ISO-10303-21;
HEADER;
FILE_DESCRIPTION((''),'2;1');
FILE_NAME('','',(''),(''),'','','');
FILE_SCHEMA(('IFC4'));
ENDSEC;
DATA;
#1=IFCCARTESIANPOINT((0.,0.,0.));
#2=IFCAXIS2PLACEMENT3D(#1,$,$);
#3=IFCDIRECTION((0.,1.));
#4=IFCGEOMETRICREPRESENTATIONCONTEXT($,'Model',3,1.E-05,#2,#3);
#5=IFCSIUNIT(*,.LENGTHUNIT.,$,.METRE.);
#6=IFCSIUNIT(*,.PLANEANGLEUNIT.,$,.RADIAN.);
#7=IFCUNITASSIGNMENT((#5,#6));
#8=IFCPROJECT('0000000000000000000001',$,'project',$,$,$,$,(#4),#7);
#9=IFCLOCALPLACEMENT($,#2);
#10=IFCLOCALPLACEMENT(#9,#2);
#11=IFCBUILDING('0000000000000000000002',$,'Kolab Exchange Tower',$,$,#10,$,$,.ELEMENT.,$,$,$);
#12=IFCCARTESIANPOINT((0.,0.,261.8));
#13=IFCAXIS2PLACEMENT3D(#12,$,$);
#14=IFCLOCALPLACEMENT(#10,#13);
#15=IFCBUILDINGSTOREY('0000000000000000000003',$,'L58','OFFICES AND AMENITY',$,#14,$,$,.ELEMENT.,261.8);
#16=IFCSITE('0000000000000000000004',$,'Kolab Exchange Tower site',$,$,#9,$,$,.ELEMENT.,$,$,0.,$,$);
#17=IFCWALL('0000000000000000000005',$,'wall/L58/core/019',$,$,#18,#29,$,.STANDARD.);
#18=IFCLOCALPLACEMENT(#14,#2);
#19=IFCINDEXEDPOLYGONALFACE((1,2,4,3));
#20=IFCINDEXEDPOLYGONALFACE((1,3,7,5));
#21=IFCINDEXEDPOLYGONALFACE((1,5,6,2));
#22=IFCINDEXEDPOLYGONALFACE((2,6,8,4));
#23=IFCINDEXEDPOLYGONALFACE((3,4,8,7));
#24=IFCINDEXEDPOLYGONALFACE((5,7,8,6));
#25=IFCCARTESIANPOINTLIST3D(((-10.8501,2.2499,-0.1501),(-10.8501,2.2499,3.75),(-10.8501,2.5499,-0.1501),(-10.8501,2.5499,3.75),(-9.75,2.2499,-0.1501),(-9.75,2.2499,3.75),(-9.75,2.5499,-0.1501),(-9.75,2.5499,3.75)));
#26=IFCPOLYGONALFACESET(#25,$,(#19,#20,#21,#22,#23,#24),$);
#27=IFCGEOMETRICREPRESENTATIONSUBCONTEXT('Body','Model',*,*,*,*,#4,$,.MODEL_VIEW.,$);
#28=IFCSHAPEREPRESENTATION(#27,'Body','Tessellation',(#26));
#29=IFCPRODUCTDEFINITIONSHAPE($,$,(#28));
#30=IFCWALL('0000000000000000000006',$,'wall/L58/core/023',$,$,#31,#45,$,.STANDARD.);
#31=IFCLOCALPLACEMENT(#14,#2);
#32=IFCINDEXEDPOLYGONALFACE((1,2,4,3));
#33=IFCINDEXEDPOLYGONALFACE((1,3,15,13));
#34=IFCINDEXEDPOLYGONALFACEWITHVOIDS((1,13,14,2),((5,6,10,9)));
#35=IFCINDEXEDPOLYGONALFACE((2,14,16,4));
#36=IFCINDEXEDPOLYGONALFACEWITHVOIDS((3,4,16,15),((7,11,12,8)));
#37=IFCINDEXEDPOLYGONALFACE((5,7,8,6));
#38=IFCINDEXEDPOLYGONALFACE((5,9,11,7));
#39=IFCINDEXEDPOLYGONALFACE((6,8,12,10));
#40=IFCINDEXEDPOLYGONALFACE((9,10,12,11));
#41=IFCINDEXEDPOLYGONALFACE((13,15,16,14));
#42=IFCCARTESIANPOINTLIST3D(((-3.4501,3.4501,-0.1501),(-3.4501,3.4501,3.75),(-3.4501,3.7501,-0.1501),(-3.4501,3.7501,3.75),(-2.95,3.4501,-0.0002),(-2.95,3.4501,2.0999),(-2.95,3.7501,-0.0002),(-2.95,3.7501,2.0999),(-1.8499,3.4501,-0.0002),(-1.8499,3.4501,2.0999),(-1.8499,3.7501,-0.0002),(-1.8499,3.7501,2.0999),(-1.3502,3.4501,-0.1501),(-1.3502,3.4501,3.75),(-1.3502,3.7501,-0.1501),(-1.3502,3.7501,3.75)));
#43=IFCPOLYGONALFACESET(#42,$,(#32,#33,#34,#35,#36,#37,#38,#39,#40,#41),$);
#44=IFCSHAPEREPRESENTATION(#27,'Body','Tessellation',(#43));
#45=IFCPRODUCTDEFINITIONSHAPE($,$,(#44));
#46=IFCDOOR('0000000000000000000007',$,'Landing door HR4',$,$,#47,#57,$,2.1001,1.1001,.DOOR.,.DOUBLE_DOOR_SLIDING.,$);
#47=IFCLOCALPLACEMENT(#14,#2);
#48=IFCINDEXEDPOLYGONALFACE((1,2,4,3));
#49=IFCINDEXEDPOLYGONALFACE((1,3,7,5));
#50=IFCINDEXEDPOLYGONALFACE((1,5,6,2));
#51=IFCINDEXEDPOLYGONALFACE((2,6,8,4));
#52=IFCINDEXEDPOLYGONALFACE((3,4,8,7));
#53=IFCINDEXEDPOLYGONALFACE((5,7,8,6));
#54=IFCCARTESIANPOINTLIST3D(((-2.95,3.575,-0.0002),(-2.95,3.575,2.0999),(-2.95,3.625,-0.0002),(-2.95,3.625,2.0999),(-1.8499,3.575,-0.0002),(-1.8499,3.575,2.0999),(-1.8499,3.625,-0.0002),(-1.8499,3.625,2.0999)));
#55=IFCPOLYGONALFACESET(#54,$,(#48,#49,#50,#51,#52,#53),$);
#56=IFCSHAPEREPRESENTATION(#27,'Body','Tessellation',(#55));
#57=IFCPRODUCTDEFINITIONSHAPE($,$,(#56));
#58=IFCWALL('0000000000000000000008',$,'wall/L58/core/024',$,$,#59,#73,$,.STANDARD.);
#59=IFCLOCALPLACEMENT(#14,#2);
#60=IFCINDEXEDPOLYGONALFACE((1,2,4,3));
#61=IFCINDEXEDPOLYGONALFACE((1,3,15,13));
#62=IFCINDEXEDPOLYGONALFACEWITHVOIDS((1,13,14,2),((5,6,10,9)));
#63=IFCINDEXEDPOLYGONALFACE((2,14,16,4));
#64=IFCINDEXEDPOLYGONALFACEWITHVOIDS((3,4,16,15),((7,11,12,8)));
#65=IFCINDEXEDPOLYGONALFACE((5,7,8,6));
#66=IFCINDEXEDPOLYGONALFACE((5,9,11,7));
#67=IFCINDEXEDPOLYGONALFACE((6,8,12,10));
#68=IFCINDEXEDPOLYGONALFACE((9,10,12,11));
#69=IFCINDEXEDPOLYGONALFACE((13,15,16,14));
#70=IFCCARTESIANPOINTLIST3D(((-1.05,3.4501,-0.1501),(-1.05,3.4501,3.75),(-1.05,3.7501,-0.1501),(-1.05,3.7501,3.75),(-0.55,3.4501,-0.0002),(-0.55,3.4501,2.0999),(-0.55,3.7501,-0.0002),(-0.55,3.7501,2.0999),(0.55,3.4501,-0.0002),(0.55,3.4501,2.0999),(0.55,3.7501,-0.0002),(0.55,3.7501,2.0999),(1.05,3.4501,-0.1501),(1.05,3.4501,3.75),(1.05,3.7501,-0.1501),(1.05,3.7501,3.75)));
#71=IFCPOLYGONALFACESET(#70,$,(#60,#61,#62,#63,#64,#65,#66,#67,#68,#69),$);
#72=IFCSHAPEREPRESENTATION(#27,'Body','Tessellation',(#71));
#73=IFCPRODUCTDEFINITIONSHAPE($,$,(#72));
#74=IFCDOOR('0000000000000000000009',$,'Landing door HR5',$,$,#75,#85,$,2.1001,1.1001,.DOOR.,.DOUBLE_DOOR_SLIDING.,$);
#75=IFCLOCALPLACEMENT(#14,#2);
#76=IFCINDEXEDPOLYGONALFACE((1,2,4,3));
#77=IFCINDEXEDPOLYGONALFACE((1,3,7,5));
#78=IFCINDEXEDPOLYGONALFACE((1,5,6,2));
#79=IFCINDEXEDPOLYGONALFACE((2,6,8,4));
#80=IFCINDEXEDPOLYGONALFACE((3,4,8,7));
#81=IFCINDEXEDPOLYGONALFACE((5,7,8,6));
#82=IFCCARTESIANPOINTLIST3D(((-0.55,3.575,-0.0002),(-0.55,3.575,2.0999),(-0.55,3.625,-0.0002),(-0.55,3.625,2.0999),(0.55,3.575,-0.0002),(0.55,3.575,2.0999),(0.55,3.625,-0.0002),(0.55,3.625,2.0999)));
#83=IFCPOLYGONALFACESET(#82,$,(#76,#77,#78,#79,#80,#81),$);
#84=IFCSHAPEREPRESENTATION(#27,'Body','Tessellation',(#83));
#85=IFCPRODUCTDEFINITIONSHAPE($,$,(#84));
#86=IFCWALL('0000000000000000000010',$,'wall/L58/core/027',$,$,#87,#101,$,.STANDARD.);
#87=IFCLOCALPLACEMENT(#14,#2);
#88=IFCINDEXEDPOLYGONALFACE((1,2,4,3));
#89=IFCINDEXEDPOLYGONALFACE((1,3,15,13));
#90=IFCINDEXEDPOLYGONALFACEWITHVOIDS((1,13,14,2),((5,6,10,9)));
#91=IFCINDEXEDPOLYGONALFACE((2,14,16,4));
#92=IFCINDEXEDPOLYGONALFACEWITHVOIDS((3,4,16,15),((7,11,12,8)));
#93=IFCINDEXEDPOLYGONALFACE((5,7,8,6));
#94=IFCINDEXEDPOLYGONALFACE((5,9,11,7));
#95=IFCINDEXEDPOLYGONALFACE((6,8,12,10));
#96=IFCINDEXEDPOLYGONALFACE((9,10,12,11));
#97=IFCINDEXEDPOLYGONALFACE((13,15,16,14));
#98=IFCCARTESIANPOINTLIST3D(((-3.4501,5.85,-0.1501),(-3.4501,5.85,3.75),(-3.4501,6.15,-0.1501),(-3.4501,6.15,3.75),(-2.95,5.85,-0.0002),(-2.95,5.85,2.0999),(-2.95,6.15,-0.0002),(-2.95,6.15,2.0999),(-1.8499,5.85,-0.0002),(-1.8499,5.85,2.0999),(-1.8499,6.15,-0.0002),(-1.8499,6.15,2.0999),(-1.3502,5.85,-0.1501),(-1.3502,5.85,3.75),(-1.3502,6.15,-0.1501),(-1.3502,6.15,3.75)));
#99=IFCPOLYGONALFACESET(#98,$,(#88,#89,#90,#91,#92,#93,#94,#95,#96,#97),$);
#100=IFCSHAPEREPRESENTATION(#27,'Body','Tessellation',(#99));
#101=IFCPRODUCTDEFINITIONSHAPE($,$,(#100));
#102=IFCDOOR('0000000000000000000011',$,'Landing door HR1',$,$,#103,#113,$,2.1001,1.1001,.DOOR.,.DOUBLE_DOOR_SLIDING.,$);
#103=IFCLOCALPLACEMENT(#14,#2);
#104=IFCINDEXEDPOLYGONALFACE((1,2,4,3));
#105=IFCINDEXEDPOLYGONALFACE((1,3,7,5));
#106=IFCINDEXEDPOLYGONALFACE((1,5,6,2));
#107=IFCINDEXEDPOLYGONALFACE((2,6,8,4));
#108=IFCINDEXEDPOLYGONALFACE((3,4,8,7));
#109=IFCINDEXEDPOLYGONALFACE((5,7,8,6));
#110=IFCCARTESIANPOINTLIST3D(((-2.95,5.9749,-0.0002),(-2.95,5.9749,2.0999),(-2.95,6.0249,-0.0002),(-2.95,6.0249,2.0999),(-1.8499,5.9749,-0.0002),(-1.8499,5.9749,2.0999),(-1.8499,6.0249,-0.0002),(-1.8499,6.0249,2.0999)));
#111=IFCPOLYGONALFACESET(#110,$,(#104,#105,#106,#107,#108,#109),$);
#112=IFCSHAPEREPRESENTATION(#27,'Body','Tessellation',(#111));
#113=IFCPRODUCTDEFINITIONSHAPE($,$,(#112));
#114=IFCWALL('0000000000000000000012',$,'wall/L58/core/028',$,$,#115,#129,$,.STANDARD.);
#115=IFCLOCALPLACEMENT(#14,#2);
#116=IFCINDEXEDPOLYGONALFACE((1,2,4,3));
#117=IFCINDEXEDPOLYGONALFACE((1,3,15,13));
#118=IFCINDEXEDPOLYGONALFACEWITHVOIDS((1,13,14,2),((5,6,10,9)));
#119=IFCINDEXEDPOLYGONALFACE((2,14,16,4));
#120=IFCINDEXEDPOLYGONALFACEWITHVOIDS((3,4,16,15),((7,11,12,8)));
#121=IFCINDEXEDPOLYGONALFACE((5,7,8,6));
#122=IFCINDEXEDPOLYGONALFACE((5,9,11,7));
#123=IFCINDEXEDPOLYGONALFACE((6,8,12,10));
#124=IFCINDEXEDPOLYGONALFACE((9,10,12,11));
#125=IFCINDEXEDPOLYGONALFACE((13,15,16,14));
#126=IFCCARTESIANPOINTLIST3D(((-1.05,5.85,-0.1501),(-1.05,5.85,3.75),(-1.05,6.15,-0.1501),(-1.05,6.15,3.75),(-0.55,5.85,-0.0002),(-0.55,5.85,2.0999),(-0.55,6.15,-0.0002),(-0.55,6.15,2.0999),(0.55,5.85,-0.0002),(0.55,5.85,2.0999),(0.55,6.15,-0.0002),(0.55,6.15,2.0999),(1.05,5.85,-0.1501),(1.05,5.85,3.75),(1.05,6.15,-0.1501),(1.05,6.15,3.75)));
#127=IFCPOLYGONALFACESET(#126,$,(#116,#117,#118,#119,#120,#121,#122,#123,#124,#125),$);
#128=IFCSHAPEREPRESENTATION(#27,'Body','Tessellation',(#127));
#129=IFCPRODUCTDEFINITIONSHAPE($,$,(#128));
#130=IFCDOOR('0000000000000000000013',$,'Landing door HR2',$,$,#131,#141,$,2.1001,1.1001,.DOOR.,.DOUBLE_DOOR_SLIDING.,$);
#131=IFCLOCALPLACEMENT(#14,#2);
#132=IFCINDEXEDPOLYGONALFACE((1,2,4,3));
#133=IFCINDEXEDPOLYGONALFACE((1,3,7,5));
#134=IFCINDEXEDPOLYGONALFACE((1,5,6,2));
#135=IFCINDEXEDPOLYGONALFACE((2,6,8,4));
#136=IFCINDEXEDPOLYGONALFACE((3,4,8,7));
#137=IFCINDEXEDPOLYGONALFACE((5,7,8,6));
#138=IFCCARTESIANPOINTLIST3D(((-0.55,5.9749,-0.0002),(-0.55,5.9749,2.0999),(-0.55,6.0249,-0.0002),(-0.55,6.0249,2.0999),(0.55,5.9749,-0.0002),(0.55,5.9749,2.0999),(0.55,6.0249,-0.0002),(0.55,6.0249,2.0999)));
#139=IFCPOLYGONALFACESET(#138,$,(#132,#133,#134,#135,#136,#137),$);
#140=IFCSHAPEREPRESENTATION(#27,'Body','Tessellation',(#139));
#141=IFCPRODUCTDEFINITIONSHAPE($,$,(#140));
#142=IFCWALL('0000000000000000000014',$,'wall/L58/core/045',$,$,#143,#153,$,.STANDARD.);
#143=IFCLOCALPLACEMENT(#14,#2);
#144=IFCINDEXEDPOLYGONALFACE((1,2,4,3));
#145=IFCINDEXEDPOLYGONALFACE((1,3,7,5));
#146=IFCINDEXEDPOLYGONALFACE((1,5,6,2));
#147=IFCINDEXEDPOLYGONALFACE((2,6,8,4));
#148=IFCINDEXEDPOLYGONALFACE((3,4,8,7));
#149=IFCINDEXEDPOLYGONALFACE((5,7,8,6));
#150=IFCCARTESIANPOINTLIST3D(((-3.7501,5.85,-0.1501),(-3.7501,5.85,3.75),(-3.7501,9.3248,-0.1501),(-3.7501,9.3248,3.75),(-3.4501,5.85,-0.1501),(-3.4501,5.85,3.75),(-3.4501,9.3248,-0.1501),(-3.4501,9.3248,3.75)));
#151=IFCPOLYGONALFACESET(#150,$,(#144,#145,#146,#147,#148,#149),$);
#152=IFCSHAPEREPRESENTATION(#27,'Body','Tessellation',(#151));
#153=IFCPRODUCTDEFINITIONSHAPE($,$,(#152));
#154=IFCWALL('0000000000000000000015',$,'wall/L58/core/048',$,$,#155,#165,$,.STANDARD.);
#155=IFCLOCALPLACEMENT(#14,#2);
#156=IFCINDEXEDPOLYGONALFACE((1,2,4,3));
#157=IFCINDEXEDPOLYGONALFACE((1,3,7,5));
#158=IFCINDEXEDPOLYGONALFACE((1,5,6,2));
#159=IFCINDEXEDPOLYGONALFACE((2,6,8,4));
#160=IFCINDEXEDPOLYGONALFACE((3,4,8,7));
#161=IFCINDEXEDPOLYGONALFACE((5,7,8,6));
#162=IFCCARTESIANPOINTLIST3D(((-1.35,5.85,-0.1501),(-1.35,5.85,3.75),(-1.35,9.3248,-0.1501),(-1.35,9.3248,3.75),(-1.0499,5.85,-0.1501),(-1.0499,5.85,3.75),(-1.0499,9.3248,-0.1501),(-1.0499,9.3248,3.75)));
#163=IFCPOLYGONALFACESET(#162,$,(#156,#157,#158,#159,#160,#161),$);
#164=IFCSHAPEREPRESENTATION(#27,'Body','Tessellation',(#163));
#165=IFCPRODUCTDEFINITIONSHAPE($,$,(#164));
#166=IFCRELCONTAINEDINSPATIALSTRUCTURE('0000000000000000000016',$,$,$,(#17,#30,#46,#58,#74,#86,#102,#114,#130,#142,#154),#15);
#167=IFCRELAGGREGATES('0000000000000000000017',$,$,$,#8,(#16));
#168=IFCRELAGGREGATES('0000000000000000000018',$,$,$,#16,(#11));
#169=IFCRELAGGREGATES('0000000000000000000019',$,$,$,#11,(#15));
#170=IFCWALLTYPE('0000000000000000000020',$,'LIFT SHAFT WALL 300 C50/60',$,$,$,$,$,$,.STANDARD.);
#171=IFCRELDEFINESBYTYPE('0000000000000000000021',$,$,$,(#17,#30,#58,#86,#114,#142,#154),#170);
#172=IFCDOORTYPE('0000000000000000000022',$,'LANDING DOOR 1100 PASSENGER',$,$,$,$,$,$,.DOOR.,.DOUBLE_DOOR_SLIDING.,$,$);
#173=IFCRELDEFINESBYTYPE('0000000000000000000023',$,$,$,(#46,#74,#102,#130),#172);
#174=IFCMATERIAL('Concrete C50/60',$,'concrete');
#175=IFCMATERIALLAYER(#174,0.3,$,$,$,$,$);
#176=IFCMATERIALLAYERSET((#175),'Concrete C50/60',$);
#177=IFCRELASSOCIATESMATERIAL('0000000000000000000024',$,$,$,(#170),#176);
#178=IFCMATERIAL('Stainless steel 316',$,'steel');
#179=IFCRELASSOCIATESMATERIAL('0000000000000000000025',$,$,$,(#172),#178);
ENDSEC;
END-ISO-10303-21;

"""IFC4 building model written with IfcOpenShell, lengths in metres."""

from ifc_helpers import new_model, si_unit, direction, frame, frame_2d, origin, place, context, subcontext, project, spatial, rectangle, extrude, material, layer, layer_set, type_object, element, fill, save


model = new_model("IFC4")

# Units and contexts
model_context = context("Model", 3, precision=1e-05, world=origin(), true_north=direction((0.0, 1.0)))
body_context = subcontext(model_context, "Body", "Model", "MODEL_VIEW")
ifc_project = project(units=[si_unit("LENGTHUNIT", "METRE"), si_unit("PLANEANGLEUNIT", "RADIAN")], contexts=[model_context])

# Site, building, storey
site_placement = place(None, origin())
site = spatial("IfcSite", under=ifc_project, at=site_placement, Name="Kolab Exchange Tower site", CompositionType="ELEMENT", RefElevation=0.0)
building_placement = place(site_placement, origin())
building = spatial("IfcBuilding", under=site, at=building_placement, Name="Kolab Exchange Tower", CompositionType="ELEMENT")
storey_placement = place(building_placement, frame((0.0, 0.0, 261.8)))
storey = spatial("IfcBuildingStorey", under=building, at=storey_placement, Name="L58", Description="OFFICES AND AMENITY", CompositionType="ELEMENT", Elevation=261.8)

# Shared definitions
ifc_material_1 = material(Name="Concrete C50/60", Category="concrete")

# Wall
ifc_layer_1 = layer(ifc_material_1, 0.3)
ifc_layer_set_1 = layer_set([ifc_layer_1], Name="Concrete C50/60")
wall_type_1 = type_object("IfcWallType", Name="LIFT SHAFT WALL 300 C50/60", PredefinedType="STANDARD", material=ifc_layer_set_1)
wall_1_placement = place(storey_placement, frame((-10.8501, 2.3999, -0.1501), z_axis=(0.0, 0.0, 1.0), x_axis=(1.0, 0.0, 0.0)))
element("IfcWall", 1, at=wall_1_placement, inside=storey, type_object=wall_type_1, Name="wall/L58/core/019", PredefinedType="STANDARD", context=body_context, shape_type="SweptSolid", body=[
    extrude(rectangle(XDim=1.1001, YDim=0.3, at=frame_2d((0.55, 0.0))), origin(), (0.0, 0.0, 1.0), 3.9001),
])

# Walls, openings, doors
wall_2_placement = place(storey_placement, frame((-3.45, 3.6001, -0.1501), z_axis=(0.0, 0.0, 1.0), x_axis=(1.0, 0.0, 0.0)))
wall_2 = element("IfcWall", 2, at=wall_2_placement, inside=storey, type_object=wall_type_1, Name="wall/L58/core/023", PredefinedType="STANDARD", context=body_context, shape_type="SweptSolid", body=[
    extrude(rectangle(XDim=2.0999, YDim=0.3, at=frame_2d((1.0498, 0.0))), origin(), (0.0, 0.0, 1.0), 3.9001),
])
opening_1_placement = place(wall_2_placement, frame((0.5, 0.0, 0.1499)))
opening_1 = element("IfcOpeningElement", 3, at=opening_1_placement, cuts=wall_2, PredefinedType="OPENING", context=body_context, shape_type="SweptSolid", body=[
    extrude(rectangle(XDim=1.1001, YDim=2.1001, at=frame_2d((0.55, 1.05))), frame((0.0, 0.1602, 0.0), z_axis=(0.0, -1.0, 0.0), x_axis=(1.0, 0.0, 0.0)), (0.0, 0.0, 1.0), 0.3201),
])
ifc_material_2 = material(Name="Stainless steel 316", Category="steel")
door_type_1 = type_object("IfcDoorType", Name="LANDING DOOR 1100 PASSENGER", OperationType="DOUBLE_DOOR_SLIDING", PredefinedType="DOOR", material=ifc_material_2)
door_1_placement = place(opening_1_placement, origin())
door_1 = element("IfcDoor", 4, at=door_1_placement, inside=storey, type_object=door_type_1, Name="Landing door HR4", OperationType="DOUBLE_DOOR_SLIDING", OverallHeight=2.1001, OverallWidth=1.1001, PredefinedType="DOOR", context=body_context, shape_type="SweptSolid", body=[
    extrude(rectangle(XDim=1.1001, YDim=2.1001, at=frame_2d((0.55, 1.05))), frame((0.0, 0.0249, 0.0), z_axis=(0.0, -1.0, 0.0), x_axis=(1.0, 0.0, 0.0)), (0.0, 0.0, 1.0), 0.05),
])
fill(opening_1, door_1)
wall_3_placement = place(storey_placement, frame((-1.05, 3.6001, -0.1501), z_axis=(0.0, 0.0, 1.0), x_axis=(1.0, 0.0, 0.0)))
wall_3 = element("IfcWall", 5, at=wall_3_placement, inside=storey, type_object=wall_type_1, Name="wall/L58/core/024", PredefinedType="STANDARD", context=body_context, shape_type="SweptSolid", body=[
    extrude(rectangle(XDim=2.1001, YDim=0.3, at=frame_2d((1.05, 0.0))), origin(), (0.0, 0.0, 1.0), 3.9001),
])
opening_2_placement = place(wall_3_placement, frame((0.5, 0.0, 0.1499)))
opening_2 = element("IfcOpeningElement", 6, at=opening_2_placement, cuts=wall_3, PredefinedType="OPENING", context=body_context, shape_type="SweptSolid", body=[
    extrude(rectangle(XDim=1.1001, YDim=2.1001, at=frame_2d((0.55, 1.05))), frame((0.0, 0.1602, 0.0), z_axis=(0.0, -1.0, 0.0), x_axis=(1.0, 0.0, 0.0)), (0.0, 0.0, 1.0), 0.3201),
])
door_2_placement = place(opening_2_placement, origin())
door_2 = element("IfcDoor", 7, at=door_2_placement, inside=storey, type_object=door_type_1, Name="Landing door HR5", OperationType="DOUBLE_DOOR_SLIDING", OverallHeight=2.1001, OverallWidth=1.1001, PredefinedType="DOOR", context=body_context, shape_type="SweptSolid", body=[
    extrude(rectangle(XDim=1.1001, YDim=2.1001, at=frame_2d((0.55, 1.05))), frame((0.0, 0.0249, 0.0), z_axis=(0.0, -1.0, 0.0), x_axis=(1.0, 0.0, 0.0)), (0.0, 0.0, 1.0), 0.05),
])
fill(opening_2, door_2)
wall_4_placement = place(storey_placement, frame((-3.45, 6.0, -0.1501), z_axis=(0.0, 0.0, 1.0), x_axis=(1.0, 0.0, 0.0)))
wall_4 = element("IfcWall", 8, at=wall_4_placement, inside=storey, type_object=wall_type_1, Name="wall/L58/core/027", PredefinedType="STANDARD", context=body_context, shape_type="SweptSolid", body=[
    extrude(rectangle(XDim=2.0999, YDim=0.3, at=frame_2d((1.0498, 0.0))), origin(), (0.0, 0.0, 1.0), 3.9001),
])
opening_3_placement = place(wall_4_placement, frame((0.5, 0.0, 0.1499)))
opening_3 = element("IfcOpeningElement", 9, at=opening_3_placement, cuts=wall_4, PredefinedType="OPENING", context=body_context, shape_type="SweptSolid", body=[
    extrude(rectangle(XDim=1.1001, YDim=2.1001, at=frame_2d((0.55, 1.05))), frame((0.0, 0.1602, 0.0), z_axis=(0.0, -1.0, 0.0), x_axis=(1.0, 0.0, 0.0)), (0.0, 0.0, 1.0), 0.3201),
])
door_3_placement = place(opening_3_placement, origin())
door_3 = element("IfcDoor", 10, at=door_3_placement, inside=storey, type_object=door_type_1, Name="Landing door HR1", OperationType="DOUBLE_DOOR_SLIDING", OverallHeight=2.1001, OverallWidth=1.1001, PredefinedType="DOOR", context=body_context, shape_type="SweptSolid", body=[
    extrude(rectangle(XDim=1.1001, YDim=2.1001, at=frame_2d((0.55, 1.05))), frame((0.0, 0.0249, 0.0), z_axis=(0.0, -1.0, 0.0), x_axis=(1.0, 0.0, 0.0)), (0.0, 0.0, 1.0), 0.05),
])
fill(opening_3, door_3)
wall_5_placement = place(storey_placement, frame((-1.05, 6.0, -0.1501), z_axis=(0.0, 0.0, 1.0), x_axis=(1.0, 0.0, 0.0)))
wall_5 = element("IfcWall", 11, at=wall_5_placement, inside=storey, type_object=wall_type_1, Name="wall/L58/core/028", PredefinedType="STANDARD", context=body_context, shape_type="SweptSolid", body=[
    extrude(rectangle(XDim=2.1001, YDim=0.3, at=frame_2d((1.05, 0.0))), origin(), (0.0, 0.0, 1.0), 3.9001),
])
opening_4_placement = place(wall_5_placement, frame((0.5, 0.0, 0.1499)))
opening_4 = element("IfcOpeningElement", 12, at=opening_4_placement, cuts=wall_5, PredefinedType="OPENING", context=body_context, shape_type="SweptSolid", body=[
    extrude(rectangle(XDim=1.1001, YDim=2.1001, at=frame_2d((0.55, 1.05))), frame((0.0, 0.1602, 0.0), z_axis=(0.0, -1.0, 0.0), x_axis=(1.0, 0.0, 0.0)), (0.0, 0.0, 1.0), 0.3201),
])
door_4_placement = place(opening_4_placement, origin())
door_4 = element("IfcDoor", 13, at=door_4_placement, inside=storey, type_object=door_type_1, Name="Landing door HR2", OperationType="DOUBLE_DOOR_SLIDING", OverallHeight=2.1001, OverallWidth=1.1001, PredefinedType="DOOR", context=body_context, shape_type="SweptSolid", body=[
    extrude(rectangle(XDim=1.1001, YDim=2.1001, at=frame_2d((0.55, 1.05))), frame((0.0, 0.0249, 0.0), z_axis=(0.0, -1.0, 0.0), x_axis=(1.0, 0.0, 0.0)), (0.0, 0.0, 1.0), 0.05),
])
fill(opening_4, door_4)

# Walls
for number, where, z_axis, x_axis, name in (
    (14, (-3.6001, 5.8501, -0.1501), (0.0, 0.0, 1.0), (0.0, 1.0, 0.0), "wall/L58/core/045"),
    (15, (-1.2, 5.8501, -0.1501), (0.0, 0.0, 1.0), (0.0, 1.0, 0.0), "wall/L58/core/048"),
):
    element("IfcWall", number, at=place(storey_placement, frame(where, z_axis=z_axis, x_axis=x_axis)), inside=storey, type_object=wall_type_1, Name=name, PredefinedType="STANDARD", context=body_context, shape_type="SweptSolid", body=[
        extrude(rectangle(XDim=3.4749, YDim=0.3, at=frame_2d((1.7373, 0.0))), origin(), (0.0, 0.0, 1.0), 3.9001),
    ])

save(model, "model.ifc")
